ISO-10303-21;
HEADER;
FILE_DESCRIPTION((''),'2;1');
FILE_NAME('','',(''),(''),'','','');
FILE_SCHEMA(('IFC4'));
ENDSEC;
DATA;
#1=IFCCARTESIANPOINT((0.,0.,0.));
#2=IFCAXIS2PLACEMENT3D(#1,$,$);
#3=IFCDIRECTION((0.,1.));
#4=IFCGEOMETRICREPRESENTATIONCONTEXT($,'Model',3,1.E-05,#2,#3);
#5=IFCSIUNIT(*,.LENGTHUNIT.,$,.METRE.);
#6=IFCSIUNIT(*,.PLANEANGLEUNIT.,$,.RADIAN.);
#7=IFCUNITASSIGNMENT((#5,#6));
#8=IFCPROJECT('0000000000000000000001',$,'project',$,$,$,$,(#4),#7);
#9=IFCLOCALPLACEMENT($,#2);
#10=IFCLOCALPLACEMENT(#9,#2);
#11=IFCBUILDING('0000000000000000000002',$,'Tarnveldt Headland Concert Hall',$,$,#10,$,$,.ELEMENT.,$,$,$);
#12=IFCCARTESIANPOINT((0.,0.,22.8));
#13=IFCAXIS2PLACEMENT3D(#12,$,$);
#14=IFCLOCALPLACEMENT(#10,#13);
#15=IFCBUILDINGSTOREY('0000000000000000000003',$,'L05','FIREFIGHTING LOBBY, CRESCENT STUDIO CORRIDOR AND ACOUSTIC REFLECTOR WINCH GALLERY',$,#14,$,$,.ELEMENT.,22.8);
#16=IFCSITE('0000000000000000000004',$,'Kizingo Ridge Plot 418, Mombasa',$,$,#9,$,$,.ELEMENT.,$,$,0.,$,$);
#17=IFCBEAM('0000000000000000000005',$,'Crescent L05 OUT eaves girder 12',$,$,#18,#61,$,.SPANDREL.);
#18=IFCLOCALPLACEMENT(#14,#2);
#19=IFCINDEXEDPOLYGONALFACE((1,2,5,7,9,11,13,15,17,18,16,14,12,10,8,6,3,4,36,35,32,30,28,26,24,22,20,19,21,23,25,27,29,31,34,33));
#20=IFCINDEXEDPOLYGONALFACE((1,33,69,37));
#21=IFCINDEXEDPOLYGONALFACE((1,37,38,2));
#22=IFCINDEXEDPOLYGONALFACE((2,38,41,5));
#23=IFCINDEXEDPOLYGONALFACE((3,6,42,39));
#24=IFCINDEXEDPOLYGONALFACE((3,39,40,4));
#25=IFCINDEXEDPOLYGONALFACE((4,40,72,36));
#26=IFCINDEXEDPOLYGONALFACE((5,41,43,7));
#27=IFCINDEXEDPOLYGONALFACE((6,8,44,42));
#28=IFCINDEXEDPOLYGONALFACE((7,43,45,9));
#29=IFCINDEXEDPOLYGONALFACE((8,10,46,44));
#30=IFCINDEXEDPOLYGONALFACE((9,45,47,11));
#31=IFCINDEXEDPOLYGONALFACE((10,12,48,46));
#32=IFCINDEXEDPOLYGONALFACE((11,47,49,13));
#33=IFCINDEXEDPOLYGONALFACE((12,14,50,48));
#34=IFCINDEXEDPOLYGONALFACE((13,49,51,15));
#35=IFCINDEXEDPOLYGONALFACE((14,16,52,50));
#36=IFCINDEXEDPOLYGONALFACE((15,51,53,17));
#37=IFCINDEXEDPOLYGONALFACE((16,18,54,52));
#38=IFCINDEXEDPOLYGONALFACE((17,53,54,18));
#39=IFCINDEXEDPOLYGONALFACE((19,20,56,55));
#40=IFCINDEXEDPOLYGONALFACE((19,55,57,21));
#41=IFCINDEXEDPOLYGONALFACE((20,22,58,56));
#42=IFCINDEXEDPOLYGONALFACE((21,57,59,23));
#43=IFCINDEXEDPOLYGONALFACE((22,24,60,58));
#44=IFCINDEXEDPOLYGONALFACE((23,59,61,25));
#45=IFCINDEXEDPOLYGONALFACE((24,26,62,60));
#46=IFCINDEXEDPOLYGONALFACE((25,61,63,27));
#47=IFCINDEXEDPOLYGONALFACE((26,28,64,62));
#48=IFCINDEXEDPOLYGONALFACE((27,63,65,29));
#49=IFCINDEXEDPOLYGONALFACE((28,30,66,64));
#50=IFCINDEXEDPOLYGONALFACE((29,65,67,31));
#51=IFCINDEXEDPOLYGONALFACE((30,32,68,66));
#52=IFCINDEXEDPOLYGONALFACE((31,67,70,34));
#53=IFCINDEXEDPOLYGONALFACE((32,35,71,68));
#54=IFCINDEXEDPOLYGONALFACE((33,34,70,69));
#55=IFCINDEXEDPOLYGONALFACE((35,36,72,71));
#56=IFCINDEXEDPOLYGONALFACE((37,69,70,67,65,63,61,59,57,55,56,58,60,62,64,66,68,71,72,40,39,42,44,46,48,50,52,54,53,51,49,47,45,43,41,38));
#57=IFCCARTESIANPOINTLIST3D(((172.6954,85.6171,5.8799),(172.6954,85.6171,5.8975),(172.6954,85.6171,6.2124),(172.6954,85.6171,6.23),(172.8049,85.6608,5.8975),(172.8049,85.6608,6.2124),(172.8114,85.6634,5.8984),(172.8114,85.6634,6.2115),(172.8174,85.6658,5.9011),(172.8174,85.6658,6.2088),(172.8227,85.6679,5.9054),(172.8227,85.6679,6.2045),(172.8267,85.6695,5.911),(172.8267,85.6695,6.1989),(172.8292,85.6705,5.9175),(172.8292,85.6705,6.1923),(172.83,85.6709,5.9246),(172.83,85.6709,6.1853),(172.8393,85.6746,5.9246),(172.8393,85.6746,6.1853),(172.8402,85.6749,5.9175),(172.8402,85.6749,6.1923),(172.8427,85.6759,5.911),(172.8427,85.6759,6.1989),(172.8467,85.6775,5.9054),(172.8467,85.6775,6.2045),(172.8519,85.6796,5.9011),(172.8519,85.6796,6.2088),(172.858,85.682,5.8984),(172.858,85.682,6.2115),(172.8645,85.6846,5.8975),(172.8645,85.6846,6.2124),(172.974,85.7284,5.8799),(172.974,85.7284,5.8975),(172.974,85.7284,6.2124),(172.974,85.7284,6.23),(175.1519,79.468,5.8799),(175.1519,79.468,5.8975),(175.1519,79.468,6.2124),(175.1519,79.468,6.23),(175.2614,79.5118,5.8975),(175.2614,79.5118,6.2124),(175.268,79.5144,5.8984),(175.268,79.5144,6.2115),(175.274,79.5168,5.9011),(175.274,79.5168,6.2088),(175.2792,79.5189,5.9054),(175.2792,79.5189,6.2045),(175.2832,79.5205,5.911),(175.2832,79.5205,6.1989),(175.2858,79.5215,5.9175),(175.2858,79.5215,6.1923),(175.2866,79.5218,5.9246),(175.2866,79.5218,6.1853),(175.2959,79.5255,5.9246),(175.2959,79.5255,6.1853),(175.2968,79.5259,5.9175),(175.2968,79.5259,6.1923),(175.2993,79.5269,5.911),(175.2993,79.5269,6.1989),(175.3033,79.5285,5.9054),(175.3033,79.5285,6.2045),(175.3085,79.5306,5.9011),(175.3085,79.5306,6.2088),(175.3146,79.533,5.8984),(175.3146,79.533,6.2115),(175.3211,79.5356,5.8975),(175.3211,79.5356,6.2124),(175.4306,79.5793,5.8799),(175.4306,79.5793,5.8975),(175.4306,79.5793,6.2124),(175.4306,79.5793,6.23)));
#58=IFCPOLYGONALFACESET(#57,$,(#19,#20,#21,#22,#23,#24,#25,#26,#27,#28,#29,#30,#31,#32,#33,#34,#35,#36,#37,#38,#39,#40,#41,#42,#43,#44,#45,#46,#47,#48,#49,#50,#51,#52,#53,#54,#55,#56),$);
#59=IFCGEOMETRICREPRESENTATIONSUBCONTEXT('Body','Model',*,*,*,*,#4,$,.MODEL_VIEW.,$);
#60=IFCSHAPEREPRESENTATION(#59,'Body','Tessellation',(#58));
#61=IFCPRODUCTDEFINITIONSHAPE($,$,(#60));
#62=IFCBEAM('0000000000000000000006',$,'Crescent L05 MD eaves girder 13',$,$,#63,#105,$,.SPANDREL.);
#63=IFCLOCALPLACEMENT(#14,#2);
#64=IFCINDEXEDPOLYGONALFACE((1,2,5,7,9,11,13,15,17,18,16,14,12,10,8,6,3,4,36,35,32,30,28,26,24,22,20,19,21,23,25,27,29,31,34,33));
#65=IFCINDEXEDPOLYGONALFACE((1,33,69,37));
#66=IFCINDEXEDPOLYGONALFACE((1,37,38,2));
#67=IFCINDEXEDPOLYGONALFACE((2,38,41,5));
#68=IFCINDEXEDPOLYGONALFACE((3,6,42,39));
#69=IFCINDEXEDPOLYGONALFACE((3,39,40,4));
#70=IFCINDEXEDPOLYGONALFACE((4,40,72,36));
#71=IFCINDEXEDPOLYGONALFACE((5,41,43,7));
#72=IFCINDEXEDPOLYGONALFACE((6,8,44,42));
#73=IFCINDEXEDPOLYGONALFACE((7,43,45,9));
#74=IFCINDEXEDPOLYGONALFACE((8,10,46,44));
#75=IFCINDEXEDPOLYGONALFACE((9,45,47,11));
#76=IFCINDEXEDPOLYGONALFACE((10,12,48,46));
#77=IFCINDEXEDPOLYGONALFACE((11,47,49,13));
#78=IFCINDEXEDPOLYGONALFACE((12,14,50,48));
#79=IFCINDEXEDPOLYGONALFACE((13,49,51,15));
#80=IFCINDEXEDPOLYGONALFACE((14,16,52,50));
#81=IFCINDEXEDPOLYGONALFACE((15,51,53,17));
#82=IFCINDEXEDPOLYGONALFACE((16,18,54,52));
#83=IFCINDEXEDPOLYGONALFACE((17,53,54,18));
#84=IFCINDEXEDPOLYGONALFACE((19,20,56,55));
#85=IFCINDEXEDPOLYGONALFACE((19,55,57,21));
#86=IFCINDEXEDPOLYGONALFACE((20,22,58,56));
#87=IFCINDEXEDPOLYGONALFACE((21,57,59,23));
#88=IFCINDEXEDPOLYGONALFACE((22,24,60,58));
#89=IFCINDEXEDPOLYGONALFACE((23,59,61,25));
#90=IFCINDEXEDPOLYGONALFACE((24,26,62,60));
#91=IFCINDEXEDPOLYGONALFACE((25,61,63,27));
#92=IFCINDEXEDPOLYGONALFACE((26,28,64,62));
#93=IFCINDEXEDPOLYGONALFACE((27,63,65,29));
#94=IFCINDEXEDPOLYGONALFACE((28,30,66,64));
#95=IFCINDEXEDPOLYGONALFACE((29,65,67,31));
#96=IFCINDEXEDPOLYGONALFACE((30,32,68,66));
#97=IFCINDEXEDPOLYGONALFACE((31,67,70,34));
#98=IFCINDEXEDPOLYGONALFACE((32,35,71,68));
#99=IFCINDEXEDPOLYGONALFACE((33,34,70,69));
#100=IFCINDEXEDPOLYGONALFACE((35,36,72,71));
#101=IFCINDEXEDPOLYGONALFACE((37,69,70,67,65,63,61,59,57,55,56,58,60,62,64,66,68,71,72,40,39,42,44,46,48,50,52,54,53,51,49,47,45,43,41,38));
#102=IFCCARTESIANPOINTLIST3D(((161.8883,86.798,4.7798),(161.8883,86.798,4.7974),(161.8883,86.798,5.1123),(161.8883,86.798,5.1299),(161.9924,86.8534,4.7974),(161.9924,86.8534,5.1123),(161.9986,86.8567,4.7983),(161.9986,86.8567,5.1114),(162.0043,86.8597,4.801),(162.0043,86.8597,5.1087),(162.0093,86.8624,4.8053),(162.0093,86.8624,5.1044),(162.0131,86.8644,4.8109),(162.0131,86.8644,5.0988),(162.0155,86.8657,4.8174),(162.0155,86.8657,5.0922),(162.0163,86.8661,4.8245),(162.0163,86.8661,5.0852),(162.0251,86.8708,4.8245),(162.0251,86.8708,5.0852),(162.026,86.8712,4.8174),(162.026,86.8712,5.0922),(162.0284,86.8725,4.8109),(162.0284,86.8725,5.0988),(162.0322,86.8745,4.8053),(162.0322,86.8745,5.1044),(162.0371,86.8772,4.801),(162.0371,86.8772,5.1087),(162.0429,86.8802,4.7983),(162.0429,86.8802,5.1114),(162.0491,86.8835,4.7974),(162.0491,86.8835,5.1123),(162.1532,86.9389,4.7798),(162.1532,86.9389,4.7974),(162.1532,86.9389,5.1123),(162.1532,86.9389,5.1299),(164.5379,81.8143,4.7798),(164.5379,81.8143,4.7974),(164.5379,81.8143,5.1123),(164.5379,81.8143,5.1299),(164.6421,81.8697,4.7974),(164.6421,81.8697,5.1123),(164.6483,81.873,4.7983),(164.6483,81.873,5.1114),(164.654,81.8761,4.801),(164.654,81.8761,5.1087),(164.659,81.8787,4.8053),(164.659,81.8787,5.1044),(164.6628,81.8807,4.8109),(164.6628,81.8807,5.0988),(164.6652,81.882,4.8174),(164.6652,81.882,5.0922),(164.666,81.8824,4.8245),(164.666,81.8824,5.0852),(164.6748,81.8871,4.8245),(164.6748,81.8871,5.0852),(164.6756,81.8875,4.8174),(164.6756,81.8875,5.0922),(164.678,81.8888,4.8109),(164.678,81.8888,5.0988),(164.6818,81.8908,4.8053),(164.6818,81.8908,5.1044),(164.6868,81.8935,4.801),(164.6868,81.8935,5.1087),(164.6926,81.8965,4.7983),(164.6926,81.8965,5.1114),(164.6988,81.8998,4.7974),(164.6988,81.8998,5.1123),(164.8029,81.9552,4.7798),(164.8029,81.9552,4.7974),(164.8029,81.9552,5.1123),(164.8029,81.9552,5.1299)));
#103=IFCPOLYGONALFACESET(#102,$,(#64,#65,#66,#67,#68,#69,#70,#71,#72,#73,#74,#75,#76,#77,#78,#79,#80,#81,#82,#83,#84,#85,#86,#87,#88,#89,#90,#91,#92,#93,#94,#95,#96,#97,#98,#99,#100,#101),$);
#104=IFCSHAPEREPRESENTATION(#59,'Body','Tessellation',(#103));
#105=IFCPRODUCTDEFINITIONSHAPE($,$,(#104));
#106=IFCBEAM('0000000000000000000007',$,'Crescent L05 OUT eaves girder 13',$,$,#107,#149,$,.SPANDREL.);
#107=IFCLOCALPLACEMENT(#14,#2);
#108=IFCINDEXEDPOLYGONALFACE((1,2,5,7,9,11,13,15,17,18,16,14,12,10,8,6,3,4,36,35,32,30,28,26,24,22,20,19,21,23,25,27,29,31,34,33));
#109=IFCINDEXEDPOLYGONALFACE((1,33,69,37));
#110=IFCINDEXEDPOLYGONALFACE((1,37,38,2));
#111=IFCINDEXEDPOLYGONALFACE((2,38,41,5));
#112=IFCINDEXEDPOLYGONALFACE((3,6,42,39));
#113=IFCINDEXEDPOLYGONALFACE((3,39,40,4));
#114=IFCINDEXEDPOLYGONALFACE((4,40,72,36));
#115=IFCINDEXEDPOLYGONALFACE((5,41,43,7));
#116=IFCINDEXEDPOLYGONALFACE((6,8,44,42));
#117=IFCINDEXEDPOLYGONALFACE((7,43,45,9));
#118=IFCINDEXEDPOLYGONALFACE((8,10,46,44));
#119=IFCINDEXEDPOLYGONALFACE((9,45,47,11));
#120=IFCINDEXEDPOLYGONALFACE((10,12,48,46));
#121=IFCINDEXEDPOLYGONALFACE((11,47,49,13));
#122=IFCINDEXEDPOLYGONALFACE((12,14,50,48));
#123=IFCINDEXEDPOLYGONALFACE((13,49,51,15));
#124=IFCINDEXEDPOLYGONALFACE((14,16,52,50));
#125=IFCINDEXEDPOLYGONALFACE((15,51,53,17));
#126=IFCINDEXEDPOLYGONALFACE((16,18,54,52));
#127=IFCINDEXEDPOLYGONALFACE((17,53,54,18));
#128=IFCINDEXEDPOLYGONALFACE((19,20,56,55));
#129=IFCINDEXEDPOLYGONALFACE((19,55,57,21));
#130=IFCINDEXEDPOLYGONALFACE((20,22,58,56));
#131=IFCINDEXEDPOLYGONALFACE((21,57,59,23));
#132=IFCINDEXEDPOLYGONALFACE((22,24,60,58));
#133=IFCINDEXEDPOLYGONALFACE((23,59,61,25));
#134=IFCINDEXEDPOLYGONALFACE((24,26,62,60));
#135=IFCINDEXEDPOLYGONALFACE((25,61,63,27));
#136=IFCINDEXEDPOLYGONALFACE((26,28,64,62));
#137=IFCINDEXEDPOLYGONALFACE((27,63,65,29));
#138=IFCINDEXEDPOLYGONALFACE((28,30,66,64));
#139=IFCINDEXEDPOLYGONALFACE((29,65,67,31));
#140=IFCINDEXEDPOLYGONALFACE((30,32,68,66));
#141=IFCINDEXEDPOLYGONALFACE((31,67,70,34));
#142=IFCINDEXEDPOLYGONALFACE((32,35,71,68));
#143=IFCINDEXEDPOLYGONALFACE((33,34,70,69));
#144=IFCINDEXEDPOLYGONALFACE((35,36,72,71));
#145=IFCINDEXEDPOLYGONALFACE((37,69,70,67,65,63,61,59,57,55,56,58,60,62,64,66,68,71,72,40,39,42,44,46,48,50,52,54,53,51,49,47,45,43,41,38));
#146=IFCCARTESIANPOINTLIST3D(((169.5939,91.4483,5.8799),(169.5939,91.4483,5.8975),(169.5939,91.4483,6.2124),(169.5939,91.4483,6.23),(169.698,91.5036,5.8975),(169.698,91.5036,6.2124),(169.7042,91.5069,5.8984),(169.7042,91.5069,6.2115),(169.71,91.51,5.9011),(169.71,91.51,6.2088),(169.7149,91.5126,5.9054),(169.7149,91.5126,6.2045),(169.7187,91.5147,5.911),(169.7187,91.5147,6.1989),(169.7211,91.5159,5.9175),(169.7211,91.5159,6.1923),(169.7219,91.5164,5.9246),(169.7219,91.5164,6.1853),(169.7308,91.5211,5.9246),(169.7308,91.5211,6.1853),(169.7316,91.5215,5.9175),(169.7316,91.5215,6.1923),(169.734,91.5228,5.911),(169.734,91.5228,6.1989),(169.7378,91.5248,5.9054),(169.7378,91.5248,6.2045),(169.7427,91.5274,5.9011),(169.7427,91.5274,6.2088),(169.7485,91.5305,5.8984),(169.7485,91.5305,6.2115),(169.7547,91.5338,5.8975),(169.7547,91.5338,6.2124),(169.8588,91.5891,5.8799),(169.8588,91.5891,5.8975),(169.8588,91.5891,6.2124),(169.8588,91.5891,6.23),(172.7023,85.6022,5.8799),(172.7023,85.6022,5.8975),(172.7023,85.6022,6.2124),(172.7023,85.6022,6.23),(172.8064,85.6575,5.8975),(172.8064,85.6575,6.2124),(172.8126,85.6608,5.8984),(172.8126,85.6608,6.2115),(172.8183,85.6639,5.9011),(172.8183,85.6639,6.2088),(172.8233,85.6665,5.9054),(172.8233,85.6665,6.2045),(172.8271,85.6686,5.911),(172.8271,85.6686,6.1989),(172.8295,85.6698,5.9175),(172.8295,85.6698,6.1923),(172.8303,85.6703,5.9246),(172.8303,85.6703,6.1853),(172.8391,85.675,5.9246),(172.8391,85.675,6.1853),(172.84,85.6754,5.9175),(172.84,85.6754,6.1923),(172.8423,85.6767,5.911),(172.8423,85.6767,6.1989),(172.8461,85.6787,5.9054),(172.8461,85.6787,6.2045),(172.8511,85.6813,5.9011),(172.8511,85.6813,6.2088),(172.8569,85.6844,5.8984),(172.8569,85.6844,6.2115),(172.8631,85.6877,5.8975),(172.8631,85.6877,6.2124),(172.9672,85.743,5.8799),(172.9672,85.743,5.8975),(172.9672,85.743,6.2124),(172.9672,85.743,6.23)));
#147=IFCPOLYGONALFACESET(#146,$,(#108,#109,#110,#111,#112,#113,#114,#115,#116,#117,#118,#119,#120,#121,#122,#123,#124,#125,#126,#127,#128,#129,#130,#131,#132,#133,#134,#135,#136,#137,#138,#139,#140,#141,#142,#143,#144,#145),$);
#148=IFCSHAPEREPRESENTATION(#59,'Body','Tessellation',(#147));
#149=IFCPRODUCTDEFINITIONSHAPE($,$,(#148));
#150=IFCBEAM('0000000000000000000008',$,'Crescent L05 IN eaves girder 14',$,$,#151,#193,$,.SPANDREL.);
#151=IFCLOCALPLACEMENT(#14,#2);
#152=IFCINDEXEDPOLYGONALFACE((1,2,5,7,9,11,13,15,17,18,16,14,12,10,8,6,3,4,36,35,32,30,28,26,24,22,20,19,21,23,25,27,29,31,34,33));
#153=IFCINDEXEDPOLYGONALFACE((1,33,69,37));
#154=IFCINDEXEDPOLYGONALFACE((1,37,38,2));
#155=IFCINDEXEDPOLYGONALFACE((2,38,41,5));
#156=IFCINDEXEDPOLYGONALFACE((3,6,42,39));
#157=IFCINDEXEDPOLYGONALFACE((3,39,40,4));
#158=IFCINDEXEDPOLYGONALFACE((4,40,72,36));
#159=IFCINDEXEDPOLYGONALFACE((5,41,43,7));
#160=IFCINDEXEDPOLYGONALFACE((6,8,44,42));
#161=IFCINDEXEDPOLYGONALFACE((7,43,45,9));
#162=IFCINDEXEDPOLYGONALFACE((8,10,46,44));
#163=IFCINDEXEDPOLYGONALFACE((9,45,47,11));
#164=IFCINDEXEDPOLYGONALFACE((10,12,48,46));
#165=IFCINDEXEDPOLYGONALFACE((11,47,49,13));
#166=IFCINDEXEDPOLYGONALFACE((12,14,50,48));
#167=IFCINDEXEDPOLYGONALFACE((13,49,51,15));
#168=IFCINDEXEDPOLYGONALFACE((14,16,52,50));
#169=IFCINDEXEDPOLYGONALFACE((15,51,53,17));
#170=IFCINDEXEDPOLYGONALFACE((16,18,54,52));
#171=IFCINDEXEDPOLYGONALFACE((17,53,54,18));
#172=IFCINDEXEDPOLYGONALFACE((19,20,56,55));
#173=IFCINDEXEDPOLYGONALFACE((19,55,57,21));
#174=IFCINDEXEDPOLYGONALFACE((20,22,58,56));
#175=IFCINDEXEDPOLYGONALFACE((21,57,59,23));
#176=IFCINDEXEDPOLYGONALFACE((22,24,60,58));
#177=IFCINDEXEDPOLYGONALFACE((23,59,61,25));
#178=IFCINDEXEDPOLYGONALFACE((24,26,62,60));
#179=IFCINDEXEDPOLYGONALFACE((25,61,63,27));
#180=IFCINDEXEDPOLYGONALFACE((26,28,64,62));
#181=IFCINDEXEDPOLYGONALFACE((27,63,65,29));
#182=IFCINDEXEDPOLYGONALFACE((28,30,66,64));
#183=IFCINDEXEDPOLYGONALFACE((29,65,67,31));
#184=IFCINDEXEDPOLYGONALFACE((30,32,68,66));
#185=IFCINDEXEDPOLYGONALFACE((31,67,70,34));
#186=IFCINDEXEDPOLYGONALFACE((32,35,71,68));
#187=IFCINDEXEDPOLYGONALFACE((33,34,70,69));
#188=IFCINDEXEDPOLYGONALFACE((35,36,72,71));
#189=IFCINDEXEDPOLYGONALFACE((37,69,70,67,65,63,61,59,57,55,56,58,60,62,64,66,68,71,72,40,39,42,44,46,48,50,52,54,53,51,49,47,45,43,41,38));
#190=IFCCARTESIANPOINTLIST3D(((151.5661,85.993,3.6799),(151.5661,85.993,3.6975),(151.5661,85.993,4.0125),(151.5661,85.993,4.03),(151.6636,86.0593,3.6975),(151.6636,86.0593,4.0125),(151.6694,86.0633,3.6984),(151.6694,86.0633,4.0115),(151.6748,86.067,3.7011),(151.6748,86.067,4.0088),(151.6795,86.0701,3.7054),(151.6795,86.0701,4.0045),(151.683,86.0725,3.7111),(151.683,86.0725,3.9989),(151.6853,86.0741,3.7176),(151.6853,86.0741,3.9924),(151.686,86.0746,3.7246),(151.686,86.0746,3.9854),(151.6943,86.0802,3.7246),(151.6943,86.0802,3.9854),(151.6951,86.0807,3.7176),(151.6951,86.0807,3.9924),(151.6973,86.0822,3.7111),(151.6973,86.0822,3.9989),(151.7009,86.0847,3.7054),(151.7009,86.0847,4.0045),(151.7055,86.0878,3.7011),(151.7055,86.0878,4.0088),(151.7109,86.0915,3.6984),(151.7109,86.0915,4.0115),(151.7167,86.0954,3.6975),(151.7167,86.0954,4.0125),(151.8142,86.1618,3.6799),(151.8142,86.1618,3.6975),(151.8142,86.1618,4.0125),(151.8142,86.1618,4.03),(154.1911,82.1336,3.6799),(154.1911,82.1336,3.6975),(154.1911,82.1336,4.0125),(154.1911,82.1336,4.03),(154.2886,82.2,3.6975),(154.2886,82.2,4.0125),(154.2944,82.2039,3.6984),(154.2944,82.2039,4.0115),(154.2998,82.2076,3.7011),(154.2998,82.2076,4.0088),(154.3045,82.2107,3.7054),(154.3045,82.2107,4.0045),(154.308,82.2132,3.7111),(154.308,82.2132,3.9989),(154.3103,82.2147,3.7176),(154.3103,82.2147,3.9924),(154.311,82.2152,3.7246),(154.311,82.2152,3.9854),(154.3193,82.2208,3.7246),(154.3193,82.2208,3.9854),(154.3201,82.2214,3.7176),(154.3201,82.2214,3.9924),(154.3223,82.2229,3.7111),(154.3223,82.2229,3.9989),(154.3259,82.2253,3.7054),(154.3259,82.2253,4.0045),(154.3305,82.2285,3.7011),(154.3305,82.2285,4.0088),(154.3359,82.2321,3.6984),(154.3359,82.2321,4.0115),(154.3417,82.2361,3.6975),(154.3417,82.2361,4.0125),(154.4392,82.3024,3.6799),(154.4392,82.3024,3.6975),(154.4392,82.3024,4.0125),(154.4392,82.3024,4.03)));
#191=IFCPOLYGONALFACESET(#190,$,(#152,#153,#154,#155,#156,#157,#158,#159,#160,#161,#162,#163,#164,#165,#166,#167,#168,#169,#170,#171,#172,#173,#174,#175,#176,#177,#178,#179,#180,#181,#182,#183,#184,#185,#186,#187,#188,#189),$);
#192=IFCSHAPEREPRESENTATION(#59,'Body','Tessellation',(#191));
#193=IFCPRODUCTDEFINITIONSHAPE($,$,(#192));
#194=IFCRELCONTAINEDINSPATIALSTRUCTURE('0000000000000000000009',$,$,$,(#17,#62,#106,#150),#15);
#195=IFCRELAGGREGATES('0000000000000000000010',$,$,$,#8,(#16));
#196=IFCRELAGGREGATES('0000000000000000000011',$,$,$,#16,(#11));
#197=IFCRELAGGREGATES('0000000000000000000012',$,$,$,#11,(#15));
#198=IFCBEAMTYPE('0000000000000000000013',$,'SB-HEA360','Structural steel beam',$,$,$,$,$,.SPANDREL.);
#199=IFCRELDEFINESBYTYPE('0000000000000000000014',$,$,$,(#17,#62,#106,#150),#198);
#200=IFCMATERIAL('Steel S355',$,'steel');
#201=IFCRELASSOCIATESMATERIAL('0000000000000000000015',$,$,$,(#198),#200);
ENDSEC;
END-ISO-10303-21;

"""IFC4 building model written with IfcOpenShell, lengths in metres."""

from ifc_helpers import new_model, si_unit, direction, frame, origin, origin_2d, place, context, subcontext, project, spatial, i_section, extrude, material, material_profile, profile_set, type_object, element, save


model = new_model("IFC4")

# Units and contexts
model_context = context("Model", 3, precision=1e-05, world=origin(), true_north=direction((0.0, 1.0)))
body_context = subcontext(model_context, "Body", "Model", "MODEL_VIEW")
ifc_project = project(units=[si_unit("LENGTHUNIT", "METRE"), si_unit("PLANEANGLEUNIT", "RADIAN")], contexts=[model_context])

# Site, building, storey
site_placement = place(None, origin())
site = spatial("IfcSite", under=ifc_project, at=site_placement, Name="Kizingo Ridge Plot 418, Mombasa", CompositionType="ELEMENT", RefElevation=0.0)
building_placement = place(site_placement, origin())
building = spatial("IfcBuilding", under=site, at=building_placement, Name="Tarnveldt Headland Concert Hall", CompositionType="ELEMENT")
storey_placement = place(building_placement, frame((0.0, 0.0, 22.8)))
storey = spatial("IfcBuildingStorey", under=building, at=storey_placement, Name="L05", Description="FIREFIGHTING LOBBY, CRESCENT STUDIO CORRIDOR AND ACOUSTIC REFLECTOR WINCH GALLERY", CompositionType="ELEMENT", Elevation=22.8)

# Shared definitions
ifc_material_1 = material(Name="Steel S355", Category="steel")

# Beams
ifc_material_profile_1 = material_profile(ifc_material_1, i_section(OverallWidth=0.3, OverallDepth=0.3501, WebThickness=0.01, FlangeThickness=0.0176, FilletRadius=0.0271, at=origin_2d()), Name="HEA360", Category="steel")
ifc_profile_set_1 = profile_set([ifc_material_profile_1], Name="Steel S355")
beam_type_1 = type_object("IfcBeamType", Name="SB-HEA360", Description="Structural steel beam", PredefinedType="SPANDREL", material=ifc_profile_set_1)
beam_1_placement = place(storey_placement, frame((175.2913, 79.5237, 6.0549), z_axis=(-0.370997, 0.928634, 0.0), x_axis=(-0.928634, -0.370997, 0.0)))
element("IfcBeam", 1, at=beam_1_placement, inside=storey, type_object=beam_type_1, Name="Crescent L05 OUT eaves girder 12", PredefinedType="SPANDREL", context=body_context, shape_type="SweptSolid", body=[
    extrude(i_section(OverallWidth=0.3, OverallDepth=0.3501, WebThickness=0.01, FlangeThickness=0.0176, FilletRadius=0.0271, at=origin_2d()), origin(), (0.0, 0.0, 1.0), 6.6216),
])
beam_2_placement = place(storey_placement, frame((164.6704, 81.8848, 4.9548), z_axis=(-0.469445, 0.882962, 0.0), x_axis=(-0.882962, -0.469445, 0.0)))
element("IfcBeam", 2, at=beam_2_placement, inside=storey, type_object=beam_type_1, Name="Crescent L05 MD eaves girder 13", PredefinedType="SPANDREL", context=body_context, shape_type="SweptSolid", body=[
    extrude(i_section(OverallWidth=0.3, OverallDepth=0.3501, WebThickness=0.01, FlangeThickness=0.0176, FilletRadius=0.0271, at=origin_2d()), origin(), (0.0, 0.0, 1.0), 5.6443),
])
beam_3_placement = place(storey_placement, frame((172.8347, 85.6726, 6.0549), z_axis=(-0.469463, 0.882952, 0.0), x_axis=(-0.882952, -0.469463, 0.0)))
element("IfcBeam", 3, at=beam_3_placement, inside=storey, type_object=beam_type_1, Name="Crescent L05 OUT eaves girder 13", PredefinedType="SPANDREL", context=body_context, shape_type="SweptSolid", body=[
    extrude(i_section(OverallWidth=0.3, OverallDepth=0.3501, WebThickness=0.01, FlangeThickness=0.0176, FilletRadius=0.0271, at=origin_2d()), origin(), (0.0, 0.0, 1.0), 6.6211),
])
beam_4_placement = place(storey_placement, frame((154.3152, 82.218, 3.855), z_axis=(-0.562402, 0.826864, 0.0), x_axis=(-0.826864, -0.562402, 0.0)))
element("IfcBeam", 4, at=beam_4_placement, inside=storey, type_object=beam_type_1, Name="Crescent L05 IN eaves girder 14", PredefinedType="SPANDREL", context=body_context, shape_type="SweptSolid", body=[
    extrude(i_section(OverallWidth=0.3, OverallDepth=0.3501, WebThickness=0.01, FlangeThickness=0.0176, FilletRadius=0.0271, at=origin_2d()), origin(), (0.0, 0.0, 1.0), 4.6675),
])

save(model, "model.ifc")
